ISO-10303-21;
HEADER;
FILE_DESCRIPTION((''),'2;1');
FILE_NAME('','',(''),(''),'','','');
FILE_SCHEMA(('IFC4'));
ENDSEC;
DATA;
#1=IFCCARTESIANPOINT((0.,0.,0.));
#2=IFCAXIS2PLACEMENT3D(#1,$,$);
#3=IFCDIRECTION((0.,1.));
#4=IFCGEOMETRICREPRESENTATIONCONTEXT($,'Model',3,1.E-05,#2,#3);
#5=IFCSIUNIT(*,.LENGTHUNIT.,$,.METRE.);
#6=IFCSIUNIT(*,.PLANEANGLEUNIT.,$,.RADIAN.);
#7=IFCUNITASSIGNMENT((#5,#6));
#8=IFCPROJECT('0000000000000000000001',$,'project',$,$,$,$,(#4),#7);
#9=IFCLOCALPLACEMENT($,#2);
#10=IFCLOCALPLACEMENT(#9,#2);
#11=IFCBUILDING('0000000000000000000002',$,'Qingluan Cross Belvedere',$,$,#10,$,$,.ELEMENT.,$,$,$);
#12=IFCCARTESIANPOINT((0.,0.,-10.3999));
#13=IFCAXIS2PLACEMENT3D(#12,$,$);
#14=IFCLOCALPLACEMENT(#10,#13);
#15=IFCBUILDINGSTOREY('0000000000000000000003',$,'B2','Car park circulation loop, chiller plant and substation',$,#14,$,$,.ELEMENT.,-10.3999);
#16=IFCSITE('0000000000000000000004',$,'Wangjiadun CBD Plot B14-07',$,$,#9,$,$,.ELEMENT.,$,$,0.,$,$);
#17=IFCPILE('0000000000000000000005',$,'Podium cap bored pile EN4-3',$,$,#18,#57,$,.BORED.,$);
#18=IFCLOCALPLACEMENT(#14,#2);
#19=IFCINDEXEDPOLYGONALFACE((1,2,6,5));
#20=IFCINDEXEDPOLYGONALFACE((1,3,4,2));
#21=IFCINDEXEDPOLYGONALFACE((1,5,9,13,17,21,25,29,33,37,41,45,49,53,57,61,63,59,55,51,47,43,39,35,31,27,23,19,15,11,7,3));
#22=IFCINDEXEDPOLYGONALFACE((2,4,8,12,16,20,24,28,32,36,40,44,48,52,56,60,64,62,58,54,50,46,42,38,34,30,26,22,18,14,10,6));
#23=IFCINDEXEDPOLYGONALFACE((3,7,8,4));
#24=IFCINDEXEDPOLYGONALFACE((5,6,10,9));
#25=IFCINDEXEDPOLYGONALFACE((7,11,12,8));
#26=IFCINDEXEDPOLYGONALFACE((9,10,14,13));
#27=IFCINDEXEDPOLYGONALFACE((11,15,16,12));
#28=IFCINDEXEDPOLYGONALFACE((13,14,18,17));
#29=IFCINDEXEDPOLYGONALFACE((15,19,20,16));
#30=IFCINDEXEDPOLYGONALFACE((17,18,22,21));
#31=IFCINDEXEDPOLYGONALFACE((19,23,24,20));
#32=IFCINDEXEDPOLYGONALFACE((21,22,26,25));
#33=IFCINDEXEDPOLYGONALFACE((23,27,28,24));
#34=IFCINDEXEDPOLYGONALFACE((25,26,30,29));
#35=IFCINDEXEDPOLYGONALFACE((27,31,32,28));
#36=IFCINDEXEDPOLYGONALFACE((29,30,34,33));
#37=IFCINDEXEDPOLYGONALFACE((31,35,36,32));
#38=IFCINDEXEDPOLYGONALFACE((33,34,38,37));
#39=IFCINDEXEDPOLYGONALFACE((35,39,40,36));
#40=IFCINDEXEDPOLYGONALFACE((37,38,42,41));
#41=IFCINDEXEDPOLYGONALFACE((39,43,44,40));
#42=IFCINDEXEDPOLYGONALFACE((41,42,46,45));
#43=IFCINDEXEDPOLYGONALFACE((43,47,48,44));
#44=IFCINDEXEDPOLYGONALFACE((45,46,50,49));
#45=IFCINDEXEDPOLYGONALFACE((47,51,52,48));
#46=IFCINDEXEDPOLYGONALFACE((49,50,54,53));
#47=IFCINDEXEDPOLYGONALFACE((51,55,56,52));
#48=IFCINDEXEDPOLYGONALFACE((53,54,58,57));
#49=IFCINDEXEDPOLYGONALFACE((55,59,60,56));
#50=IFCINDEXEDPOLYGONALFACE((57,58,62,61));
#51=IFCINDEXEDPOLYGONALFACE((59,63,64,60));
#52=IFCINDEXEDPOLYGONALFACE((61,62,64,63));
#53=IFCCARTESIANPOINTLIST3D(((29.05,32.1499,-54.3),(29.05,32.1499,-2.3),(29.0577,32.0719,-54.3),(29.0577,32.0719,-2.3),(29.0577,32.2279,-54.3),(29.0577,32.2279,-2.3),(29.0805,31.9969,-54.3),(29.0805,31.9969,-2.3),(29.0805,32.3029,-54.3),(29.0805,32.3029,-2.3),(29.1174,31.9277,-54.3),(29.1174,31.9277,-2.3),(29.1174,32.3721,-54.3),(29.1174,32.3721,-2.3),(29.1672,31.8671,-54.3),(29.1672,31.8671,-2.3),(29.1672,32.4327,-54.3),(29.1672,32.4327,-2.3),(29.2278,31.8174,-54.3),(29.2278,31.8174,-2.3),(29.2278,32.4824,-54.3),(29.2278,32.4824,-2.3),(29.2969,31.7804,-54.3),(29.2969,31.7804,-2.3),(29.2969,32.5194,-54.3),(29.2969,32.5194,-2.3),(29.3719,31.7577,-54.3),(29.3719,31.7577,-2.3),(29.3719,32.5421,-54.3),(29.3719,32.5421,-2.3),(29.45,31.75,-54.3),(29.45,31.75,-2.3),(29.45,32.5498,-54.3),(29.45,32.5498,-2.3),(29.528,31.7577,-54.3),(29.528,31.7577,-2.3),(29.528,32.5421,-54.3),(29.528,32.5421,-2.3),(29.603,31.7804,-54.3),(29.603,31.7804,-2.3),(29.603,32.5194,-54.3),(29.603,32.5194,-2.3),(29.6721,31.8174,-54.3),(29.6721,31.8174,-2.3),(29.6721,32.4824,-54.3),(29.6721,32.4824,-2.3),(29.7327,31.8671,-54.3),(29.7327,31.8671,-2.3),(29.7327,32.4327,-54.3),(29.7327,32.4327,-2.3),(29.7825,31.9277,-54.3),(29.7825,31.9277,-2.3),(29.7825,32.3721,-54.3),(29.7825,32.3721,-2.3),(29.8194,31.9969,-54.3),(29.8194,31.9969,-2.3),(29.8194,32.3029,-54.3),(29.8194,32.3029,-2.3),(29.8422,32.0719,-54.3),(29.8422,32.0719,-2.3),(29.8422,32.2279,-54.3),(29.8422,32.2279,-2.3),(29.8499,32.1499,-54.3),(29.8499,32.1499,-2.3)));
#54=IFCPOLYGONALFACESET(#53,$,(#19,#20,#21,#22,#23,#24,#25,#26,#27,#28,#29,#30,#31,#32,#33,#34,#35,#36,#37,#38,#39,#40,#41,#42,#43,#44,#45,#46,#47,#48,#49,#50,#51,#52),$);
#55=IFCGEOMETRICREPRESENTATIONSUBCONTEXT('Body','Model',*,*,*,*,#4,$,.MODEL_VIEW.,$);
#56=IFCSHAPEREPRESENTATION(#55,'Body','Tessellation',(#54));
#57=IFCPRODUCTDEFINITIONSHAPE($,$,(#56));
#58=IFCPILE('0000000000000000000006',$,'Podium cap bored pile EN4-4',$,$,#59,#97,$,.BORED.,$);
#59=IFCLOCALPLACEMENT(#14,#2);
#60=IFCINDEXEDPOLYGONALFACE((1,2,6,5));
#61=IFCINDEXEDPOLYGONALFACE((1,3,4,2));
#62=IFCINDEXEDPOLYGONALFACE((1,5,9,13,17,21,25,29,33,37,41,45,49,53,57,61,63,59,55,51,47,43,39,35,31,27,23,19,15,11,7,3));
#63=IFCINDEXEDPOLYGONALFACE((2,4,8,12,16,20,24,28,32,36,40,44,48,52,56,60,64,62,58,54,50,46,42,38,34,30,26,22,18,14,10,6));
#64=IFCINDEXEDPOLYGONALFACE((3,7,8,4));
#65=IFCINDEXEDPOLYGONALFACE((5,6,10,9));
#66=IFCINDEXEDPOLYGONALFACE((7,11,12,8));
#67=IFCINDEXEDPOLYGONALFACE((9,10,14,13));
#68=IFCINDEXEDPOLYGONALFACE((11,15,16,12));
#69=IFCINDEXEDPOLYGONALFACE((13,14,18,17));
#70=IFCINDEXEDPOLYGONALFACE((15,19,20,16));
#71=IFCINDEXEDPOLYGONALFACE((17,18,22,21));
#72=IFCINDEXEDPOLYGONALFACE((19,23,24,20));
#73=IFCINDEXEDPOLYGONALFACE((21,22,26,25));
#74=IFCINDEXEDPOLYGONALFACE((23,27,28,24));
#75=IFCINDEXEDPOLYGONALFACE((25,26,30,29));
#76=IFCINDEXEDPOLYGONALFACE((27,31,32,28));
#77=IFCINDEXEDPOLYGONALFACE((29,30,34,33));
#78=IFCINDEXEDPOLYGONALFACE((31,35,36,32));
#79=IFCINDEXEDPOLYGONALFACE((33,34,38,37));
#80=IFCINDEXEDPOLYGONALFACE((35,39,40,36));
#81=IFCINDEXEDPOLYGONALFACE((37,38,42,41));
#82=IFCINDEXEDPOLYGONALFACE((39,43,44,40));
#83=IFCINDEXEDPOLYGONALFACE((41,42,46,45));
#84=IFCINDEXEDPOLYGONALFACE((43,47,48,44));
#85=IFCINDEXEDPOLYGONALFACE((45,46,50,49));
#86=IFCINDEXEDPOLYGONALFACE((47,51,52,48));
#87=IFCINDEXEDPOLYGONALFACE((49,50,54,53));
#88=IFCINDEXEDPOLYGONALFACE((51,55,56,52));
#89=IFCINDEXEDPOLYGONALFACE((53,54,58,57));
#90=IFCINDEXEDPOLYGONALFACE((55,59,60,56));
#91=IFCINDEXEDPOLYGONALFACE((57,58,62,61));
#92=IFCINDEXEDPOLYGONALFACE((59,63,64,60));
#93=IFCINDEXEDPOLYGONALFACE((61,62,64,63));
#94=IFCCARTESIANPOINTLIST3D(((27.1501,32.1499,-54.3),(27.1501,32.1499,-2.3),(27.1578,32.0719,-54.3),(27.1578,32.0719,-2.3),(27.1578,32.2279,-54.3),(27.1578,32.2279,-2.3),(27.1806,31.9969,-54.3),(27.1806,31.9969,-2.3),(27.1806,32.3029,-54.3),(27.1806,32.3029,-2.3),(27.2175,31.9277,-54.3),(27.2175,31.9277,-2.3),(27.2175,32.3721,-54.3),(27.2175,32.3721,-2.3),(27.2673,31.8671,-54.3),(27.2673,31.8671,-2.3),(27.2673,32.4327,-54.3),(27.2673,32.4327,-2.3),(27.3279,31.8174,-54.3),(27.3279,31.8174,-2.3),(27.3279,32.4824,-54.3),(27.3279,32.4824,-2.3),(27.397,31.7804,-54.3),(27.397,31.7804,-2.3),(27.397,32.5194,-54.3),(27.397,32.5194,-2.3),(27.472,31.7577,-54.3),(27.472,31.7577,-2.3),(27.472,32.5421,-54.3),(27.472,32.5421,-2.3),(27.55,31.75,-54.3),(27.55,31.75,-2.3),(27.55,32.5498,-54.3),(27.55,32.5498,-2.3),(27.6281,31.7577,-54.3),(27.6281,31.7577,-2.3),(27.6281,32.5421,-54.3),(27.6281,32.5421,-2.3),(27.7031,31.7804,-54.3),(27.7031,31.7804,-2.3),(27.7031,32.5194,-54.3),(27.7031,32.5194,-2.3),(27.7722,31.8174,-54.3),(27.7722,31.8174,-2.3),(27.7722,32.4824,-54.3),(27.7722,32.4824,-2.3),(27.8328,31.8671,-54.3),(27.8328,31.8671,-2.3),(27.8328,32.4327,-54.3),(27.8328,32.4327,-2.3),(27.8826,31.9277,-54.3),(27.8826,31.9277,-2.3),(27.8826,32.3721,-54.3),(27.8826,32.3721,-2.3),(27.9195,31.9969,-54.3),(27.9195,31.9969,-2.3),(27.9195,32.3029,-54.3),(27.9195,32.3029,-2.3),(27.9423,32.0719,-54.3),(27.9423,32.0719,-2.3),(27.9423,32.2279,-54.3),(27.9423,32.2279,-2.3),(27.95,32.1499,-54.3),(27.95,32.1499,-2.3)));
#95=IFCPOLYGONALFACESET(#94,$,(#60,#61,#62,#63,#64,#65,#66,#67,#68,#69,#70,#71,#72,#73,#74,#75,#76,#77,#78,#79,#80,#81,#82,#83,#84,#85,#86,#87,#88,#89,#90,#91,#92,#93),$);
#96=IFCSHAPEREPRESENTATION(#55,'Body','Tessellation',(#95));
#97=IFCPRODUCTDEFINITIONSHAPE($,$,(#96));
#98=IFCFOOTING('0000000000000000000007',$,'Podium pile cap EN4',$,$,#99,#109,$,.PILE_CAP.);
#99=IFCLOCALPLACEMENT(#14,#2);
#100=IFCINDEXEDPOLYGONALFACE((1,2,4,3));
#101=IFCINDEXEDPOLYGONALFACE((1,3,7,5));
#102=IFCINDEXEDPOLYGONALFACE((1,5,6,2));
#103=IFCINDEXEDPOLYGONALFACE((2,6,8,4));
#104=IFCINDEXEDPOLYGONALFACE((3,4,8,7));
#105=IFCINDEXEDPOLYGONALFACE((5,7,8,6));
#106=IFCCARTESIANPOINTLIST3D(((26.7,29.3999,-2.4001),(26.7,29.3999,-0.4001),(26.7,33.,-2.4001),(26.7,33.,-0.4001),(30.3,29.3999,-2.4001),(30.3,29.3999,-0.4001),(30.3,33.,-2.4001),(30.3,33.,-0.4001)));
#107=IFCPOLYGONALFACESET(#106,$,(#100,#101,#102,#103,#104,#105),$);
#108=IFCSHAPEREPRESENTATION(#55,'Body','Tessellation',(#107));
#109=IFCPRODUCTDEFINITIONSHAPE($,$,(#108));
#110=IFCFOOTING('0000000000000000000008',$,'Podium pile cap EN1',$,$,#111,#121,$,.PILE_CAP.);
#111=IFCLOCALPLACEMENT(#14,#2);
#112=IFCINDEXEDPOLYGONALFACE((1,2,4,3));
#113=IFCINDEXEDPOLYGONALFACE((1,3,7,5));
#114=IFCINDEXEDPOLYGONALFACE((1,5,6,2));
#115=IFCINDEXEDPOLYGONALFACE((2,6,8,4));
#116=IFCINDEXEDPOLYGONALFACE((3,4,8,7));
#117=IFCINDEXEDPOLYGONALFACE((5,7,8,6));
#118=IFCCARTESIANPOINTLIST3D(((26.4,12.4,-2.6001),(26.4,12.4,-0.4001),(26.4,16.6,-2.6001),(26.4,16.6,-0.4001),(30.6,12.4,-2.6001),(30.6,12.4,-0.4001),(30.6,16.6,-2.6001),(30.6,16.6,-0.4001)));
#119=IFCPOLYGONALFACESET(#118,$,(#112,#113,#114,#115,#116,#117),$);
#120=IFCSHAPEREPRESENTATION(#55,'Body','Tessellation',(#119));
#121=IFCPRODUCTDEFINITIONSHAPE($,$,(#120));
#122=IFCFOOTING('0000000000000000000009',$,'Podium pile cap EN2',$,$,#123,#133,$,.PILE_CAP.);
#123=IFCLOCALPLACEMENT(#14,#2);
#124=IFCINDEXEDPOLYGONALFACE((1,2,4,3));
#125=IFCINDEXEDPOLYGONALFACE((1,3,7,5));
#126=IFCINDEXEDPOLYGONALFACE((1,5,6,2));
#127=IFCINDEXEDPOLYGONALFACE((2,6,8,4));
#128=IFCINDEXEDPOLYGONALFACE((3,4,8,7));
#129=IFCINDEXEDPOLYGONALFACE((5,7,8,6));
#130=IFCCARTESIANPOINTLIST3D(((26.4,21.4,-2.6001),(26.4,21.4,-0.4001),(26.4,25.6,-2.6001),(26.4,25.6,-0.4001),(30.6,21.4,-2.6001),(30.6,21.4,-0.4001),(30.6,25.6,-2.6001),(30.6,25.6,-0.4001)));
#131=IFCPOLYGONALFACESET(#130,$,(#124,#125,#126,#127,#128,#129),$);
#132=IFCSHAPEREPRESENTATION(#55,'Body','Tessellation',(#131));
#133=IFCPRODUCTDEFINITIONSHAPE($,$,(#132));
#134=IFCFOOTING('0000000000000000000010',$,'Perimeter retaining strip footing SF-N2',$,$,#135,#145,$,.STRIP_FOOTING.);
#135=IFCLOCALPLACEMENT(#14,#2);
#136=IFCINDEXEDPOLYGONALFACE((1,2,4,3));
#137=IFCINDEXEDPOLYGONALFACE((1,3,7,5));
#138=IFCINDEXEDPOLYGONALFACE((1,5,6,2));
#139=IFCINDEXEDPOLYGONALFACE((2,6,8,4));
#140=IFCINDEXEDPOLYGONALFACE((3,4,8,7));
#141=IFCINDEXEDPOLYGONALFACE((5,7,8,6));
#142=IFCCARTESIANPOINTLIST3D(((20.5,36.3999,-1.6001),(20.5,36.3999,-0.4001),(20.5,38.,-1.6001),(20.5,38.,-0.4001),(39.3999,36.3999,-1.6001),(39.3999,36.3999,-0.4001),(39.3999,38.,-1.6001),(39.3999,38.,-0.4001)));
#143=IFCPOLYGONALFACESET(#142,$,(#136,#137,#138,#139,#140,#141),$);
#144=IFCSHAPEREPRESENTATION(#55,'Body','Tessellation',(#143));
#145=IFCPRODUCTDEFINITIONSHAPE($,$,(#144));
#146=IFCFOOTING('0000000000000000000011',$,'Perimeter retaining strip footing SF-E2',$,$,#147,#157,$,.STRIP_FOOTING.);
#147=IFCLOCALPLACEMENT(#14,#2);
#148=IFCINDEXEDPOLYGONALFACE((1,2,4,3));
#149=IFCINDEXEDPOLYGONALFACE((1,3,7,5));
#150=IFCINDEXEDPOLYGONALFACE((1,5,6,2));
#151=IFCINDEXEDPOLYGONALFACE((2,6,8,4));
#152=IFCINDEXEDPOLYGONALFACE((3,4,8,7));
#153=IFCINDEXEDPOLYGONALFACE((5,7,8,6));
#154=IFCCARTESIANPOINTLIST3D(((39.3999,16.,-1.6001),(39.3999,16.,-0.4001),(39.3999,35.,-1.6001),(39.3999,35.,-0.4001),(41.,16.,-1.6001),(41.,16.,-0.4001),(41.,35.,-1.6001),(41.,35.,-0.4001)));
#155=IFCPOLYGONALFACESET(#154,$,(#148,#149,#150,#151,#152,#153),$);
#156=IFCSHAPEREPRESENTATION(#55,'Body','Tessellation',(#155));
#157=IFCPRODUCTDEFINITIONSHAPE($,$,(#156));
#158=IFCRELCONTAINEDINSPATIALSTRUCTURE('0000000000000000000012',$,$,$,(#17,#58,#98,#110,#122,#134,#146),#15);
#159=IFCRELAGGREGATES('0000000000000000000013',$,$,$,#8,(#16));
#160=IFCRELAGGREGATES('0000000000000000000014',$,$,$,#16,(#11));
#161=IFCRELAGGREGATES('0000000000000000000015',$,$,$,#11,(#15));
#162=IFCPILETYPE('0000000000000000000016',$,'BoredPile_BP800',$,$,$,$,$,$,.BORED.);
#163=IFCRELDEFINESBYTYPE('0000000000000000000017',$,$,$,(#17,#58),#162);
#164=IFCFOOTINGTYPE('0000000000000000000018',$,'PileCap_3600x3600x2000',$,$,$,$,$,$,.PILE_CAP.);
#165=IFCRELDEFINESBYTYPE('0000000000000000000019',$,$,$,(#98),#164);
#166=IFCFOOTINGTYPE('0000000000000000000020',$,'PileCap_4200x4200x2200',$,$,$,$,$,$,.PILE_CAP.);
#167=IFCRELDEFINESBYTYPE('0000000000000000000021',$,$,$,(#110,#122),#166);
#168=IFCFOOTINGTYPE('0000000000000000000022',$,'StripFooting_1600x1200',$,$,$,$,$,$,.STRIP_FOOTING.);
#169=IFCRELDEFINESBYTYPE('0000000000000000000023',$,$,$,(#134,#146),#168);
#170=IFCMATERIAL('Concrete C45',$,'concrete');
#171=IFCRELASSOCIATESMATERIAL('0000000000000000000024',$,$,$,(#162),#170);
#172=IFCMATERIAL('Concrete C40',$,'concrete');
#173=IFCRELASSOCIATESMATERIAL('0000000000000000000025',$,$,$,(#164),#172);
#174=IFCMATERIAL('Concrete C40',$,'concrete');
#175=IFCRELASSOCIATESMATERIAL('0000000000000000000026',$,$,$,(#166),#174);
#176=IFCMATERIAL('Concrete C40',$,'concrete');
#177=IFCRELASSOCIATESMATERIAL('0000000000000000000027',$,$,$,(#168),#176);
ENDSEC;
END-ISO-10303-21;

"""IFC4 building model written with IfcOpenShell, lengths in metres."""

from ifc_helpers import new_model, si_unit, direction, frame, origin, origin_2d, place, context, subcontext, project, spatial, rectangle, circle, extrude, material, material_profile, profile_set, type_object, element, save


model = new_model("IFC4")

# Units and contexts
model_context = context("Model", 3, precision=1e-05, world=origin(), true_north=direction((0.0, 1.0)))
body_context = subcontext(model_context, "Body", "Model", "MODEL_VIEW")
ifc_project = project(units=[si_unit("LENGTHUNIT", "METRE"), si_unit("PLANEANGLEUNIT", "RADIAN")], contexts=[model_context])

# Site, building, storey
site_placement = place(None, origin())
site = spatial("IfcSite", under=ifc_project, at=site_placement, Name="Wangjiadun CBD Plot B14-07", CompositionType="ELEMENT", RefElevation=0.0)
building_placement = place(site_placement, origin())
building = spatial("IfcBuilding", under=site, at=building_placement, Name="Qingluan Cross Belvedere", CompositionType="ELEMENT")
storey_placement = place(building_placement, frame((0.0, 0.0, -10.3999)))
storey = spatial("IfcBuildingStorey", under=building, at=storey_placement, Name="B2", Description="Car park circulation loop, chiller plant and substation", CompositionType="ELEMENT", Elevation=-10.3999)

# Piles
ifc_material_1 = material(Name="Concrete C45", Category="concrete")
ifc_material_profile_1 = material_profile(ifc_material_1, circle(Radius=0.3999, at=origin_2d()), Name="BP800")
ifc_profile_set_1 = profile_set([ifc_material_profile_1], Name="Concrete C45")
pile_type_1 = type_object("IfcPileType", Name="BoredPile_BP800", PredefinedType="BORED", material=ifc_profile_set_1)
for number, where, z_axis, x_axis, name in (
    (1, (29.45, 32.1499, -2.3), (0.0, 0.0, -1.0), (1.0, 0.0, 0.0), "Podium cap bored pile EN4-3"),
    (2, (27.55, 32.1499, -2.3), (0.0, 0.0, -1.0), (1.0, 0.0, 0.0), "Podium cap bored pile EN4-4"),
):
    element("IfcPile", number, at=place(storey_placement, frame(where, z_axis=z_axis, x_axis=x_axis)), inside=storey, type_object=pile_type_1, Name=name, PredefinedType="BORED", context=body_context, shape_type="SweptSolid", body=[
        extrude(circle(Radius=0.3999, at=origin_2d()), origin(), (0.0, 0.0, 1.0), 52.0),
    ])

# Footings
ifc_material_2 = material(Name="Concrete C40", Category="concrete")
footing_type_1 = type_object("IfcFootingType", Name="PileCap_3600x3600x2000", PredefinedType="PILE_CAP", material=ifc_material_2)
footing_1_placement = place(storey_placement, frame((28.5, 31.2, -2.4001), z_axis=(0.0, 0.0, 1.0), x_axis=(1.0, 0.0, 0.0)))
element("IfcFooting", 3, at=footing_1_placement, inside=storey, type_object=footing_type_1, Name="Podium pile cap EN4", PredefinedType="PILE_CAP", context=body_context, shape_type="SweptSolid", body=[
    extrude(rectangle(XDim=3.6001, YDim=3.6001, at=origin_2d()), origin(), (0.0, 0.0, 1.0), 2.0),
])
ifc_material_3 = material(Name="Concrete C40", Category="concrete")
footing_type_2 = type_object("IfcFootingType", Name="PileCap_4200x4200x2200", PredefinedType="PILE_CAP", material=ifc_material_3)
for number, where, z_axis, x_axis, name in (
    (4, (28.5, 14.5, -2.6001), (0.0, 0.0, 1.0), (1.0, 0.0, 0.0), "Podium pile cap EN1"),
    (5, (28.5, 23.5, -2.6001), (0.0, 0.0, 1.0), (1.0, 0.0, 0.0), "Podium pile cap EN2"),
):
    element("IfcFooting", number, at=place(storey_placement, frame(where, z_axis=z_axis, x_axis=x_axis)), inside=storey, type_object=footing_type_2, Name=name, PredefinedType="PILE_CAP", context=body_context, shape_type="SweptSolid", body=[
        extrude(rectangle(XDim=4.2, YDim=4.2, at=origin_2d()), origin(), (0.0, 0.0, 1.0), 2.2),
    ])
ifc_material_4 = material(Name="Concrete C40", Category="concrete")
footing_type_3 = type_object("IfcFootingType", Name="StripFooting_1600x1200", PredefinedType="STRIP_FOOTING", material=ifc_material_4)
footing_2_placement = place(storey_placement, frame((29.95, 37.2, -1.6001), z_axis=(0.0, 0.0, 1.0), x_axis=(1.0, 0.0, 0.0)))
element("IfcFooting", 6, at=footing_2_placement, inside=storey, type_object=footing_type_3, Name="Perimeter retaining strip footing SF-N2", PredefinedType="STRIP_FOOTING", context=body_context, shape_type="SweptSolid", body=[
    extrude(rectangle(XDim=18.8999, YDim=1.6001, at=origin_2d()), origin(), (0.0, 0.0, 1.0), 1.2),
])
footing_3_placement = place(storey_placement, frame((40.2, 25.5, -1.6001), z_axis=(0.0, 0.0, 1.0), x_axis=(0.0, 1.0, 0.0)))
element("IfcFooting", 7, at=footing_3_placement, inside=storey, type_object=footing_type_3, Name="Perimeter retaining strip footing SF-E2", PredefinedType="STRIP_FOOTING", context=body_context, shape_type="SweptSolid", body=[
    extrude(rectangle(XDim=19.0, YDim=1.6001, at=origin_2d()), origin(), (0.0, 0.0, 1.0), 1.2),
])

save(model, "model.ifc")
